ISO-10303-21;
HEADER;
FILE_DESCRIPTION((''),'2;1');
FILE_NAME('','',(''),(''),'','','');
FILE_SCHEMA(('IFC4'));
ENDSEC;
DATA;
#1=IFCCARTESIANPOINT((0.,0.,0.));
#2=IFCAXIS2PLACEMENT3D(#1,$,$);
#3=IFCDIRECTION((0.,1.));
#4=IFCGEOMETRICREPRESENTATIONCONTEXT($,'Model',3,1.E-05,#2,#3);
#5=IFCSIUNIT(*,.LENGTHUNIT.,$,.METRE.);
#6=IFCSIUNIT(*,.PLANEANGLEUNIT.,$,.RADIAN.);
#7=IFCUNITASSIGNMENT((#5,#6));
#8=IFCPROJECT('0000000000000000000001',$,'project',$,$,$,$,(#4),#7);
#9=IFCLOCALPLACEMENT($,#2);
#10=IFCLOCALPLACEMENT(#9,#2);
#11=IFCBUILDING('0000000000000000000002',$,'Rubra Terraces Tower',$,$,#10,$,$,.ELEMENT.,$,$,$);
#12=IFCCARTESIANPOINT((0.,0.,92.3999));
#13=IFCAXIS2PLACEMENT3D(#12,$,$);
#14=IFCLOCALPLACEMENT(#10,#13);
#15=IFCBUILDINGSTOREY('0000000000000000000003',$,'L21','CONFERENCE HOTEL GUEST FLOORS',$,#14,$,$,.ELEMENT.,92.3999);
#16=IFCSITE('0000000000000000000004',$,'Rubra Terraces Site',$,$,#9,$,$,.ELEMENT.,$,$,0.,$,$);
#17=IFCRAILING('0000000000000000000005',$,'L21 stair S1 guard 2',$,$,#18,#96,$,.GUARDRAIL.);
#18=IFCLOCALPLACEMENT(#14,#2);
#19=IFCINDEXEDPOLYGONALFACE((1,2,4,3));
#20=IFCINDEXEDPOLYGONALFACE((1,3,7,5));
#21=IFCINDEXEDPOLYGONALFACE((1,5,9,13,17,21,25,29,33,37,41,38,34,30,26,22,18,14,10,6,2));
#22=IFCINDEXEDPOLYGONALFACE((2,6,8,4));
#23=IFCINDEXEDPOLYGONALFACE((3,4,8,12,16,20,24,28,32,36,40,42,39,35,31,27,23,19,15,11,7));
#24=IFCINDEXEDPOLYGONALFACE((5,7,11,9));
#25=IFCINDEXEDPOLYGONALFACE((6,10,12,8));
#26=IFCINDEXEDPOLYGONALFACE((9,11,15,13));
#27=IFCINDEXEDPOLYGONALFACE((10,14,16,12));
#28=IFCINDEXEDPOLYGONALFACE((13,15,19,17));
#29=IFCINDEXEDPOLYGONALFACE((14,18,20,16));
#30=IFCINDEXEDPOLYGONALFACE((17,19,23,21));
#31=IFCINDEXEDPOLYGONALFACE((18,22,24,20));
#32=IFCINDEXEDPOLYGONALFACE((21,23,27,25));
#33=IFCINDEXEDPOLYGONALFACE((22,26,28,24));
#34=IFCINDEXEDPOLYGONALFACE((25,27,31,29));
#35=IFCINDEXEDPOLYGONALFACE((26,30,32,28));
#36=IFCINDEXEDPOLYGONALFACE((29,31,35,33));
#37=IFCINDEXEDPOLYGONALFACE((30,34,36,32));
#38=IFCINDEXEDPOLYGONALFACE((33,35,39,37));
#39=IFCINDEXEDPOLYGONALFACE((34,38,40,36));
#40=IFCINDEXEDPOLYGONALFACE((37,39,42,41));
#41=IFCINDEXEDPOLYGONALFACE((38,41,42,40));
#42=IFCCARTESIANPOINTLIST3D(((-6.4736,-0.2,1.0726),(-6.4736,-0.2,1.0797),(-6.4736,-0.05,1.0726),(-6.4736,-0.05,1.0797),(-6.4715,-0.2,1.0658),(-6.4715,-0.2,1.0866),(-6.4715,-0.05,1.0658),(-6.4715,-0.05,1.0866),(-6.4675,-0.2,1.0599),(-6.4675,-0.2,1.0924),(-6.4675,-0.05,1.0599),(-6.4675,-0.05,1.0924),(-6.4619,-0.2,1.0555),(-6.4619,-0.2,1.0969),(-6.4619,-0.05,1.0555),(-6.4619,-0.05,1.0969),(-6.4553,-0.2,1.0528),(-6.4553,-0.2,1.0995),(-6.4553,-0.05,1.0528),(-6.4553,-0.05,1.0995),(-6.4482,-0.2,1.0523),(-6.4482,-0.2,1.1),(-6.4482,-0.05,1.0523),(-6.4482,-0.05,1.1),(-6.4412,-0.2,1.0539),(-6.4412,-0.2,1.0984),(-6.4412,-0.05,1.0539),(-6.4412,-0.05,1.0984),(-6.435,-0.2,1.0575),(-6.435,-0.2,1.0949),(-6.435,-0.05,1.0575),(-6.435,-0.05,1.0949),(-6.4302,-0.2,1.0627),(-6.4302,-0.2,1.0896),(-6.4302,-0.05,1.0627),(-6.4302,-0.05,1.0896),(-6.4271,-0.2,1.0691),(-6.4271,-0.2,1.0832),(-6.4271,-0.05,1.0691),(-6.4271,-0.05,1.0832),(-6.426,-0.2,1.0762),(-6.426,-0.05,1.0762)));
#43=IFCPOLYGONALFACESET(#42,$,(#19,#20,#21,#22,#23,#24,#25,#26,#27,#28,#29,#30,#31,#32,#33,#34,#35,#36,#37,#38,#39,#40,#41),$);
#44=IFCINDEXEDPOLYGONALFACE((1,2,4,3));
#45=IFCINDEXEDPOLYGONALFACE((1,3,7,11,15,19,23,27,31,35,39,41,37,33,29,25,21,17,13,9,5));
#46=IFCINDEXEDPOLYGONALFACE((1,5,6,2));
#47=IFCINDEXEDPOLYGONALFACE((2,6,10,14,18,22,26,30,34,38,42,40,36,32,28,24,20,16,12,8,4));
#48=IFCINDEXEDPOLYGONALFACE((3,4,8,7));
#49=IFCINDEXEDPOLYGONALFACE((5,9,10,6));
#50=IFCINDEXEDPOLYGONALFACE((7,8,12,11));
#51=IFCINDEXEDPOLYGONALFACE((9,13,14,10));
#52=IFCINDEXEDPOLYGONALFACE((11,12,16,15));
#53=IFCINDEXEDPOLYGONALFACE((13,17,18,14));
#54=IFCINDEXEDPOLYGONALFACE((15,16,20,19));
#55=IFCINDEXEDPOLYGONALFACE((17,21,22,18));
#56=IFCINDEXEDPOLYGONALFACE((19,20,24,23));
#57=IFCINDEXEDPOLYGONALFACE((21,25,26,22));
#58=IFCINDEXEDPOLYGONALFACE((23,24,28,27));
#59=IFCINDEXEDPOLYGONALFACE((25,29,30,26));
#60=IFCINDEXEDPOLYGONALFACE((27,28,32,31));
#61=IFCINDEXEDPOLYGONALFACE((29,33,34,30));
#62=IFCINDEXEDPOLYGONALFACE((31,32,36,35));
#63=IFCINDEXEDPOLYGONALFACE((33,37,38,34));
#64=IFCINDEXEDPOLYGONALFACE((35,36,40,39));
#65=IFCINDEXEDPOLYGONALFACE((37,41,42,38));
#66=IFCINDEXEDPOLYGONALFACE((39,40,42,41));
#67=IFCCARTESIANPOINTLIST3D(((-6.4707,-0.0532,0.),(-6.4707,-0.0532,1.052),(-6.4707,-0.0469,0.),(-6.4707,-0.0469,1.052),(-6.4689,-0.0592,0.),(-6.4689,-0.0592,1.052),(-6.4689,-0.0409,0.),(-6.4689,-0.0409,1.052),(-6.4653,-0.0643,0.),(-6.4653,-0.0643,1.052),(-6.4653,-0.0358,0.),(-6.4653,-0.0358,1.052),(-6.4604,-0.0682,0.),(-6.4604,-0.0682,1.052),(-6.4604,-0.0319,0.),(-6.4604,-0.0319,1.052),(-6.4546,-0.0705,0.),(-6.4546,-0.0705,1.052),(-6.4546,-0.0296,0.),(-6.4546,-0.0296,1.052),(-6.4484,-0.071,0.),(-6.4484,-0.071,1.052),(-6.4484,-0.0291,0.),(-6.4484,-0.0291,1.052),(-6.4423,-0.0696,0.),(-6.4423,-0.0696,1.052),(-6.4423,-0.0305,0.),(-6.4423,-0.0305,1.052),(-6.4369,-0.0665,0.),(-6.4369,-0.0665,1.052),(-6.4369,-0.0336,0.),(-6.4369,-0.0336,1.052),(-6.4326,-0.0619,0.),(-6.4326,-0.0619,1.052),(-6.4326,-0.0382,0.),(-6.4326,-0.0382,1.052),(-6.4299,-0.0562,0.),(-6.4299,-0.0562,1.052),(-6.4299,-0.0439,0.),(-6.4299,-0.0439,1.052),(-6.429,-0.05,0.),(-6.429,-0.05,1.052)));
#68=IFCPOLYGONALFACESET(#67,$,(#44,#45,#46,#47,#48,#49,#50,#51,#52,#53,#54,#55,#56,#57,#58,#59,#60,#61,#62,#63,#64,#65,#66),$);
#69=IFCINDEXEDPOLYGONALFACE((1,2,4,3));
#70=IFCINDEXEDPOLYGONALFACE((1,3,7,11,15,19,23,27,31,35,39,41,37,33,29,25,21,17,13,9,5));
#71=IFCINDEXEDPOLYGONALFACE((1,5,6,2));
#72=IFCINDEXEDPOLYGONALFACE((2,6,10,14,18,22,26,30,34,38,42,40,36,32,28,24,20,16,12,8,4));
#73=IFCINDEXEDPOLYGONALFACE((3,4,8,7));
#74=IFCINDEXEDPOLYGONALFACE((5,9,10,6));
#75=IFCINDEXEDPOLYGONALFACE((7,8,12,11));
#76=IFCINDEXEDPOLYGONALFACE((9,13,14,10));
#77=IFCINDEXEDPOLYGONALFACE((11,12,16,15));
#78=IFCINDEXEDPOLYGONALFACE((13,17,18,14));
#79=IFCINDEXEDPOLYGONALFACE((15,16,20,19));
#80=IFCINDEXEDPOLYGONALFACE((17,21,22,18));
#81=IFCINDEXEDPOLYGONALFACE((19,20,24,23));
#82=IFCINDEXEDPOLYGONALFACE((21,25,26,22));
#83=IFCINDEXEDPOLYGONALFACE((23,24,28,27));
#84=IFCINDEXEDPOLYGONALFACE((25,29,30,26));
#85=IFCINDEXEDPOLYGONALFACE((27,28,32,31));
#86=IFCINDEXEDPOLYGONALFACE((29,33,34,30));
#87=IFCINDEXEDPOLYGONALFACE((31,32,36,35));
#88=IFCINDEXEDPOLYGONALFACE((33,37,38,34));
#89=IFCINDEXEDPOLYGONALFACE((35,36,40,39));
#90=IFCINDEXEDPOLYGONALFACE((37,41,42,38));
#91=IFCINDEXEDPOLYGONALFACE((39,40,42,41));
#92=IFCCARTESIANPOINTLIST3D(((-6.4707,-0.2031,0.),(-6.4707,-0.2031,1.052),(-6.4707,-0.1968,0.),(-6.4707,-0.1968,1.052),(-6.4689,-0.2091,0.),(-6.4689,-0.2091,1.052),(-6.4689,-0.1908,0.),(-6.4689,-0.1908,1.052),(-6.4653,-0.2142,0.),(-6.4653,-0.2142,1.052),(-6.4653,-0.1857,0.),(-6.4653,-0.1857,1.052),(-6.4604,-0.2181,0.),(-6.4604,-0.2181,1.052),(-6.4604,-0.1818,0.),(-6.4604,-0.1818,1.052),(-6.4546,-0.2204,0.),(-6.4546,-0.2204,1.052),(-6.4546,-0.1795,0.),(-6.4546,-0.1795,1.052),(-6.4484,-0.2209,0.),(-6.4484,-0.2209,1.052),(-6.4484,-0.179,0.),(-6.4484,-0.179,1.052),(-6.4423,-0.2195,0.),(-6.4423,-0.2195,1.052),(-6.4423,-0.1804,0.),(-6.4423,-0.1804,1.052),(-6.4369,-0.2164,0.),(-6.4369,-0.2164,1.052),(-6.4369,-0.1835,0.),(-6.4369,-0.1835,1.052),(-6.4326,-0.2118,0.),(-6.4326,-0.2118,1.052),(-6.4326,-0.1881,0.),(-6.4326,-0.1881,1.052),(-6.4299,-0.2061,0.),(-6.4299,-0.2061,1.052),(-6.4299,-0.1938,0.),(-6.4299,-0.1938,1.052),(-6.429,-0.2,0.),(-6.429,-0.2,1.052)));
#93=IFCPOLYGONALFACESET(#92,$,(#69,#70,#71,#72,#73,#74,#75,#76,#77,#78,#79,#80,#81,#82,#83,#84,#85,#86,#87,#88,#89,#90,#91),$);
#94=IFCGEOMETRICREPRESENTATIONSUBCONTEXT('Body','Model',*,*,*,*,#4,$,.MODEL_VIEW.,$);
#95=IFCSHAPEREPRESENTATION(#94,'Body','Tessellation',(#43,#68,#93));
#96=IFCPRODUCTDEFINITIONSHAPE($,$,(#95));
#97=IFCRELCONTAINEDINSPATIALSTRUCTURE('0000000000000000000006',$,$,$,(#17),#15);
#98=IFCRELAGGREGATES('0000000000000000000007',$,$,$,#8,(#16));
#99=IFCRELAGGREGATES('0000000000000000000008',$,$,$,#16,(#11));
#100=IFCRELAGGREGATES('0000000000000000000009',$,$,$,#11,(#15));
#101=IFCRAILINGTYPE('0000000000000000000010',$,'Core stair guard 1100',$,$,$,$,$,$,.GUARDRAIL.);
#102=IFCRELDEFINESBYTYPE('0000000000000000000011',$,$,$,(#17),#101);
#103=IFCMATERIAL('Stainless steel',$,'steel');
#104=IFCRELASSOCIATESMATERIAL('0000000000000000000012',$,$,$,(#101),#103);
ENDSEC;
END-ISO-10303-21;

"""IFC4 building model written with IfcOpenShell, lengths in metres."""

from ifc_helpers import new_model, si_unit, direction, frame, origin, origin_2d, place, context, subcontext, project, spatial, circle, extrude, material, type_object, element, save


model = new_model("IFC4")

# Units and contexts
model_context = context("Model", 3, precision=1e-05, world=origin(), true_north=direction((0.0, 1.0)))
body_context = subcontext(model_context, "Body", "Model", "MODEL_VIEW")
ifc_project = project(units=[si_unit("LENGTHUNIT", "METRE"), si_unit("PLANEANGLEUNIT", "RADIAN")], contexts=[model_context])

# Site, building, storey
site_placement = place(None, origin())
site = spatial("IfcSite", under=ifc_project, at=site_placement, Name="Rubra Terraces Site", CompositionType="ELEMENT", RefElevation=0.0)
building_placement = place(site_placement, origin())
building = spatial("IfcBuilding", under=site, at=building_placement, Name="Rubra Terraces Tower", CompositionType="ELEMENT")
storey_placement = place(building_placement, frame((0.0, 0.0, 92.3999)))
storey = spatial("IfcBuildingStorey", under=building, at=storey_placement, Name="L21", Description="CONFERENCE HOTEL GUEST FLOORS", CompositionType="ELEMENT", Elevation=92.3999)

# Railing
ifc_material_1 = material(Name="Stainless steel", Category="steel")
railing_type = type_object("IfcRailingType", Name="Core stair guard 1100", PredefinedType="GUARDRAIL", material=ifc_material_1)
railing_1_placement = place(storey_placement, frame((-6.45, -0.05, 0.0)))
element("IfcRailing", 1, at=railing_1_placement, inside=storey, type_object=railing_type, Name="L21 stair S1 guard 2", PredefinedType="GUARDRAIL", context=body_context, shape_type="SweptSolid", body=[
    extrude(circle(Radius=0.0239, at=origin_2d()), frame((0.0, 0.0, 1.0762), z_axis=(0.0, -1.0, 0.0), x_axis=(1.0, 0.0, 0.0)), (0.0, 0.0, 1.0), 0.1499),
    extrude(circle(Radius=0.021, at=origin_2d()), origin(), (0.0, 0.0, 1.0), 1.052),
    extrude(circle(Radius=0.021, at=origin_2d()), frame((0.0, -0.1499, 0.0)), (0.0, 0.0, 1.0), 1.052),
])

save(model, "model.ifc")
